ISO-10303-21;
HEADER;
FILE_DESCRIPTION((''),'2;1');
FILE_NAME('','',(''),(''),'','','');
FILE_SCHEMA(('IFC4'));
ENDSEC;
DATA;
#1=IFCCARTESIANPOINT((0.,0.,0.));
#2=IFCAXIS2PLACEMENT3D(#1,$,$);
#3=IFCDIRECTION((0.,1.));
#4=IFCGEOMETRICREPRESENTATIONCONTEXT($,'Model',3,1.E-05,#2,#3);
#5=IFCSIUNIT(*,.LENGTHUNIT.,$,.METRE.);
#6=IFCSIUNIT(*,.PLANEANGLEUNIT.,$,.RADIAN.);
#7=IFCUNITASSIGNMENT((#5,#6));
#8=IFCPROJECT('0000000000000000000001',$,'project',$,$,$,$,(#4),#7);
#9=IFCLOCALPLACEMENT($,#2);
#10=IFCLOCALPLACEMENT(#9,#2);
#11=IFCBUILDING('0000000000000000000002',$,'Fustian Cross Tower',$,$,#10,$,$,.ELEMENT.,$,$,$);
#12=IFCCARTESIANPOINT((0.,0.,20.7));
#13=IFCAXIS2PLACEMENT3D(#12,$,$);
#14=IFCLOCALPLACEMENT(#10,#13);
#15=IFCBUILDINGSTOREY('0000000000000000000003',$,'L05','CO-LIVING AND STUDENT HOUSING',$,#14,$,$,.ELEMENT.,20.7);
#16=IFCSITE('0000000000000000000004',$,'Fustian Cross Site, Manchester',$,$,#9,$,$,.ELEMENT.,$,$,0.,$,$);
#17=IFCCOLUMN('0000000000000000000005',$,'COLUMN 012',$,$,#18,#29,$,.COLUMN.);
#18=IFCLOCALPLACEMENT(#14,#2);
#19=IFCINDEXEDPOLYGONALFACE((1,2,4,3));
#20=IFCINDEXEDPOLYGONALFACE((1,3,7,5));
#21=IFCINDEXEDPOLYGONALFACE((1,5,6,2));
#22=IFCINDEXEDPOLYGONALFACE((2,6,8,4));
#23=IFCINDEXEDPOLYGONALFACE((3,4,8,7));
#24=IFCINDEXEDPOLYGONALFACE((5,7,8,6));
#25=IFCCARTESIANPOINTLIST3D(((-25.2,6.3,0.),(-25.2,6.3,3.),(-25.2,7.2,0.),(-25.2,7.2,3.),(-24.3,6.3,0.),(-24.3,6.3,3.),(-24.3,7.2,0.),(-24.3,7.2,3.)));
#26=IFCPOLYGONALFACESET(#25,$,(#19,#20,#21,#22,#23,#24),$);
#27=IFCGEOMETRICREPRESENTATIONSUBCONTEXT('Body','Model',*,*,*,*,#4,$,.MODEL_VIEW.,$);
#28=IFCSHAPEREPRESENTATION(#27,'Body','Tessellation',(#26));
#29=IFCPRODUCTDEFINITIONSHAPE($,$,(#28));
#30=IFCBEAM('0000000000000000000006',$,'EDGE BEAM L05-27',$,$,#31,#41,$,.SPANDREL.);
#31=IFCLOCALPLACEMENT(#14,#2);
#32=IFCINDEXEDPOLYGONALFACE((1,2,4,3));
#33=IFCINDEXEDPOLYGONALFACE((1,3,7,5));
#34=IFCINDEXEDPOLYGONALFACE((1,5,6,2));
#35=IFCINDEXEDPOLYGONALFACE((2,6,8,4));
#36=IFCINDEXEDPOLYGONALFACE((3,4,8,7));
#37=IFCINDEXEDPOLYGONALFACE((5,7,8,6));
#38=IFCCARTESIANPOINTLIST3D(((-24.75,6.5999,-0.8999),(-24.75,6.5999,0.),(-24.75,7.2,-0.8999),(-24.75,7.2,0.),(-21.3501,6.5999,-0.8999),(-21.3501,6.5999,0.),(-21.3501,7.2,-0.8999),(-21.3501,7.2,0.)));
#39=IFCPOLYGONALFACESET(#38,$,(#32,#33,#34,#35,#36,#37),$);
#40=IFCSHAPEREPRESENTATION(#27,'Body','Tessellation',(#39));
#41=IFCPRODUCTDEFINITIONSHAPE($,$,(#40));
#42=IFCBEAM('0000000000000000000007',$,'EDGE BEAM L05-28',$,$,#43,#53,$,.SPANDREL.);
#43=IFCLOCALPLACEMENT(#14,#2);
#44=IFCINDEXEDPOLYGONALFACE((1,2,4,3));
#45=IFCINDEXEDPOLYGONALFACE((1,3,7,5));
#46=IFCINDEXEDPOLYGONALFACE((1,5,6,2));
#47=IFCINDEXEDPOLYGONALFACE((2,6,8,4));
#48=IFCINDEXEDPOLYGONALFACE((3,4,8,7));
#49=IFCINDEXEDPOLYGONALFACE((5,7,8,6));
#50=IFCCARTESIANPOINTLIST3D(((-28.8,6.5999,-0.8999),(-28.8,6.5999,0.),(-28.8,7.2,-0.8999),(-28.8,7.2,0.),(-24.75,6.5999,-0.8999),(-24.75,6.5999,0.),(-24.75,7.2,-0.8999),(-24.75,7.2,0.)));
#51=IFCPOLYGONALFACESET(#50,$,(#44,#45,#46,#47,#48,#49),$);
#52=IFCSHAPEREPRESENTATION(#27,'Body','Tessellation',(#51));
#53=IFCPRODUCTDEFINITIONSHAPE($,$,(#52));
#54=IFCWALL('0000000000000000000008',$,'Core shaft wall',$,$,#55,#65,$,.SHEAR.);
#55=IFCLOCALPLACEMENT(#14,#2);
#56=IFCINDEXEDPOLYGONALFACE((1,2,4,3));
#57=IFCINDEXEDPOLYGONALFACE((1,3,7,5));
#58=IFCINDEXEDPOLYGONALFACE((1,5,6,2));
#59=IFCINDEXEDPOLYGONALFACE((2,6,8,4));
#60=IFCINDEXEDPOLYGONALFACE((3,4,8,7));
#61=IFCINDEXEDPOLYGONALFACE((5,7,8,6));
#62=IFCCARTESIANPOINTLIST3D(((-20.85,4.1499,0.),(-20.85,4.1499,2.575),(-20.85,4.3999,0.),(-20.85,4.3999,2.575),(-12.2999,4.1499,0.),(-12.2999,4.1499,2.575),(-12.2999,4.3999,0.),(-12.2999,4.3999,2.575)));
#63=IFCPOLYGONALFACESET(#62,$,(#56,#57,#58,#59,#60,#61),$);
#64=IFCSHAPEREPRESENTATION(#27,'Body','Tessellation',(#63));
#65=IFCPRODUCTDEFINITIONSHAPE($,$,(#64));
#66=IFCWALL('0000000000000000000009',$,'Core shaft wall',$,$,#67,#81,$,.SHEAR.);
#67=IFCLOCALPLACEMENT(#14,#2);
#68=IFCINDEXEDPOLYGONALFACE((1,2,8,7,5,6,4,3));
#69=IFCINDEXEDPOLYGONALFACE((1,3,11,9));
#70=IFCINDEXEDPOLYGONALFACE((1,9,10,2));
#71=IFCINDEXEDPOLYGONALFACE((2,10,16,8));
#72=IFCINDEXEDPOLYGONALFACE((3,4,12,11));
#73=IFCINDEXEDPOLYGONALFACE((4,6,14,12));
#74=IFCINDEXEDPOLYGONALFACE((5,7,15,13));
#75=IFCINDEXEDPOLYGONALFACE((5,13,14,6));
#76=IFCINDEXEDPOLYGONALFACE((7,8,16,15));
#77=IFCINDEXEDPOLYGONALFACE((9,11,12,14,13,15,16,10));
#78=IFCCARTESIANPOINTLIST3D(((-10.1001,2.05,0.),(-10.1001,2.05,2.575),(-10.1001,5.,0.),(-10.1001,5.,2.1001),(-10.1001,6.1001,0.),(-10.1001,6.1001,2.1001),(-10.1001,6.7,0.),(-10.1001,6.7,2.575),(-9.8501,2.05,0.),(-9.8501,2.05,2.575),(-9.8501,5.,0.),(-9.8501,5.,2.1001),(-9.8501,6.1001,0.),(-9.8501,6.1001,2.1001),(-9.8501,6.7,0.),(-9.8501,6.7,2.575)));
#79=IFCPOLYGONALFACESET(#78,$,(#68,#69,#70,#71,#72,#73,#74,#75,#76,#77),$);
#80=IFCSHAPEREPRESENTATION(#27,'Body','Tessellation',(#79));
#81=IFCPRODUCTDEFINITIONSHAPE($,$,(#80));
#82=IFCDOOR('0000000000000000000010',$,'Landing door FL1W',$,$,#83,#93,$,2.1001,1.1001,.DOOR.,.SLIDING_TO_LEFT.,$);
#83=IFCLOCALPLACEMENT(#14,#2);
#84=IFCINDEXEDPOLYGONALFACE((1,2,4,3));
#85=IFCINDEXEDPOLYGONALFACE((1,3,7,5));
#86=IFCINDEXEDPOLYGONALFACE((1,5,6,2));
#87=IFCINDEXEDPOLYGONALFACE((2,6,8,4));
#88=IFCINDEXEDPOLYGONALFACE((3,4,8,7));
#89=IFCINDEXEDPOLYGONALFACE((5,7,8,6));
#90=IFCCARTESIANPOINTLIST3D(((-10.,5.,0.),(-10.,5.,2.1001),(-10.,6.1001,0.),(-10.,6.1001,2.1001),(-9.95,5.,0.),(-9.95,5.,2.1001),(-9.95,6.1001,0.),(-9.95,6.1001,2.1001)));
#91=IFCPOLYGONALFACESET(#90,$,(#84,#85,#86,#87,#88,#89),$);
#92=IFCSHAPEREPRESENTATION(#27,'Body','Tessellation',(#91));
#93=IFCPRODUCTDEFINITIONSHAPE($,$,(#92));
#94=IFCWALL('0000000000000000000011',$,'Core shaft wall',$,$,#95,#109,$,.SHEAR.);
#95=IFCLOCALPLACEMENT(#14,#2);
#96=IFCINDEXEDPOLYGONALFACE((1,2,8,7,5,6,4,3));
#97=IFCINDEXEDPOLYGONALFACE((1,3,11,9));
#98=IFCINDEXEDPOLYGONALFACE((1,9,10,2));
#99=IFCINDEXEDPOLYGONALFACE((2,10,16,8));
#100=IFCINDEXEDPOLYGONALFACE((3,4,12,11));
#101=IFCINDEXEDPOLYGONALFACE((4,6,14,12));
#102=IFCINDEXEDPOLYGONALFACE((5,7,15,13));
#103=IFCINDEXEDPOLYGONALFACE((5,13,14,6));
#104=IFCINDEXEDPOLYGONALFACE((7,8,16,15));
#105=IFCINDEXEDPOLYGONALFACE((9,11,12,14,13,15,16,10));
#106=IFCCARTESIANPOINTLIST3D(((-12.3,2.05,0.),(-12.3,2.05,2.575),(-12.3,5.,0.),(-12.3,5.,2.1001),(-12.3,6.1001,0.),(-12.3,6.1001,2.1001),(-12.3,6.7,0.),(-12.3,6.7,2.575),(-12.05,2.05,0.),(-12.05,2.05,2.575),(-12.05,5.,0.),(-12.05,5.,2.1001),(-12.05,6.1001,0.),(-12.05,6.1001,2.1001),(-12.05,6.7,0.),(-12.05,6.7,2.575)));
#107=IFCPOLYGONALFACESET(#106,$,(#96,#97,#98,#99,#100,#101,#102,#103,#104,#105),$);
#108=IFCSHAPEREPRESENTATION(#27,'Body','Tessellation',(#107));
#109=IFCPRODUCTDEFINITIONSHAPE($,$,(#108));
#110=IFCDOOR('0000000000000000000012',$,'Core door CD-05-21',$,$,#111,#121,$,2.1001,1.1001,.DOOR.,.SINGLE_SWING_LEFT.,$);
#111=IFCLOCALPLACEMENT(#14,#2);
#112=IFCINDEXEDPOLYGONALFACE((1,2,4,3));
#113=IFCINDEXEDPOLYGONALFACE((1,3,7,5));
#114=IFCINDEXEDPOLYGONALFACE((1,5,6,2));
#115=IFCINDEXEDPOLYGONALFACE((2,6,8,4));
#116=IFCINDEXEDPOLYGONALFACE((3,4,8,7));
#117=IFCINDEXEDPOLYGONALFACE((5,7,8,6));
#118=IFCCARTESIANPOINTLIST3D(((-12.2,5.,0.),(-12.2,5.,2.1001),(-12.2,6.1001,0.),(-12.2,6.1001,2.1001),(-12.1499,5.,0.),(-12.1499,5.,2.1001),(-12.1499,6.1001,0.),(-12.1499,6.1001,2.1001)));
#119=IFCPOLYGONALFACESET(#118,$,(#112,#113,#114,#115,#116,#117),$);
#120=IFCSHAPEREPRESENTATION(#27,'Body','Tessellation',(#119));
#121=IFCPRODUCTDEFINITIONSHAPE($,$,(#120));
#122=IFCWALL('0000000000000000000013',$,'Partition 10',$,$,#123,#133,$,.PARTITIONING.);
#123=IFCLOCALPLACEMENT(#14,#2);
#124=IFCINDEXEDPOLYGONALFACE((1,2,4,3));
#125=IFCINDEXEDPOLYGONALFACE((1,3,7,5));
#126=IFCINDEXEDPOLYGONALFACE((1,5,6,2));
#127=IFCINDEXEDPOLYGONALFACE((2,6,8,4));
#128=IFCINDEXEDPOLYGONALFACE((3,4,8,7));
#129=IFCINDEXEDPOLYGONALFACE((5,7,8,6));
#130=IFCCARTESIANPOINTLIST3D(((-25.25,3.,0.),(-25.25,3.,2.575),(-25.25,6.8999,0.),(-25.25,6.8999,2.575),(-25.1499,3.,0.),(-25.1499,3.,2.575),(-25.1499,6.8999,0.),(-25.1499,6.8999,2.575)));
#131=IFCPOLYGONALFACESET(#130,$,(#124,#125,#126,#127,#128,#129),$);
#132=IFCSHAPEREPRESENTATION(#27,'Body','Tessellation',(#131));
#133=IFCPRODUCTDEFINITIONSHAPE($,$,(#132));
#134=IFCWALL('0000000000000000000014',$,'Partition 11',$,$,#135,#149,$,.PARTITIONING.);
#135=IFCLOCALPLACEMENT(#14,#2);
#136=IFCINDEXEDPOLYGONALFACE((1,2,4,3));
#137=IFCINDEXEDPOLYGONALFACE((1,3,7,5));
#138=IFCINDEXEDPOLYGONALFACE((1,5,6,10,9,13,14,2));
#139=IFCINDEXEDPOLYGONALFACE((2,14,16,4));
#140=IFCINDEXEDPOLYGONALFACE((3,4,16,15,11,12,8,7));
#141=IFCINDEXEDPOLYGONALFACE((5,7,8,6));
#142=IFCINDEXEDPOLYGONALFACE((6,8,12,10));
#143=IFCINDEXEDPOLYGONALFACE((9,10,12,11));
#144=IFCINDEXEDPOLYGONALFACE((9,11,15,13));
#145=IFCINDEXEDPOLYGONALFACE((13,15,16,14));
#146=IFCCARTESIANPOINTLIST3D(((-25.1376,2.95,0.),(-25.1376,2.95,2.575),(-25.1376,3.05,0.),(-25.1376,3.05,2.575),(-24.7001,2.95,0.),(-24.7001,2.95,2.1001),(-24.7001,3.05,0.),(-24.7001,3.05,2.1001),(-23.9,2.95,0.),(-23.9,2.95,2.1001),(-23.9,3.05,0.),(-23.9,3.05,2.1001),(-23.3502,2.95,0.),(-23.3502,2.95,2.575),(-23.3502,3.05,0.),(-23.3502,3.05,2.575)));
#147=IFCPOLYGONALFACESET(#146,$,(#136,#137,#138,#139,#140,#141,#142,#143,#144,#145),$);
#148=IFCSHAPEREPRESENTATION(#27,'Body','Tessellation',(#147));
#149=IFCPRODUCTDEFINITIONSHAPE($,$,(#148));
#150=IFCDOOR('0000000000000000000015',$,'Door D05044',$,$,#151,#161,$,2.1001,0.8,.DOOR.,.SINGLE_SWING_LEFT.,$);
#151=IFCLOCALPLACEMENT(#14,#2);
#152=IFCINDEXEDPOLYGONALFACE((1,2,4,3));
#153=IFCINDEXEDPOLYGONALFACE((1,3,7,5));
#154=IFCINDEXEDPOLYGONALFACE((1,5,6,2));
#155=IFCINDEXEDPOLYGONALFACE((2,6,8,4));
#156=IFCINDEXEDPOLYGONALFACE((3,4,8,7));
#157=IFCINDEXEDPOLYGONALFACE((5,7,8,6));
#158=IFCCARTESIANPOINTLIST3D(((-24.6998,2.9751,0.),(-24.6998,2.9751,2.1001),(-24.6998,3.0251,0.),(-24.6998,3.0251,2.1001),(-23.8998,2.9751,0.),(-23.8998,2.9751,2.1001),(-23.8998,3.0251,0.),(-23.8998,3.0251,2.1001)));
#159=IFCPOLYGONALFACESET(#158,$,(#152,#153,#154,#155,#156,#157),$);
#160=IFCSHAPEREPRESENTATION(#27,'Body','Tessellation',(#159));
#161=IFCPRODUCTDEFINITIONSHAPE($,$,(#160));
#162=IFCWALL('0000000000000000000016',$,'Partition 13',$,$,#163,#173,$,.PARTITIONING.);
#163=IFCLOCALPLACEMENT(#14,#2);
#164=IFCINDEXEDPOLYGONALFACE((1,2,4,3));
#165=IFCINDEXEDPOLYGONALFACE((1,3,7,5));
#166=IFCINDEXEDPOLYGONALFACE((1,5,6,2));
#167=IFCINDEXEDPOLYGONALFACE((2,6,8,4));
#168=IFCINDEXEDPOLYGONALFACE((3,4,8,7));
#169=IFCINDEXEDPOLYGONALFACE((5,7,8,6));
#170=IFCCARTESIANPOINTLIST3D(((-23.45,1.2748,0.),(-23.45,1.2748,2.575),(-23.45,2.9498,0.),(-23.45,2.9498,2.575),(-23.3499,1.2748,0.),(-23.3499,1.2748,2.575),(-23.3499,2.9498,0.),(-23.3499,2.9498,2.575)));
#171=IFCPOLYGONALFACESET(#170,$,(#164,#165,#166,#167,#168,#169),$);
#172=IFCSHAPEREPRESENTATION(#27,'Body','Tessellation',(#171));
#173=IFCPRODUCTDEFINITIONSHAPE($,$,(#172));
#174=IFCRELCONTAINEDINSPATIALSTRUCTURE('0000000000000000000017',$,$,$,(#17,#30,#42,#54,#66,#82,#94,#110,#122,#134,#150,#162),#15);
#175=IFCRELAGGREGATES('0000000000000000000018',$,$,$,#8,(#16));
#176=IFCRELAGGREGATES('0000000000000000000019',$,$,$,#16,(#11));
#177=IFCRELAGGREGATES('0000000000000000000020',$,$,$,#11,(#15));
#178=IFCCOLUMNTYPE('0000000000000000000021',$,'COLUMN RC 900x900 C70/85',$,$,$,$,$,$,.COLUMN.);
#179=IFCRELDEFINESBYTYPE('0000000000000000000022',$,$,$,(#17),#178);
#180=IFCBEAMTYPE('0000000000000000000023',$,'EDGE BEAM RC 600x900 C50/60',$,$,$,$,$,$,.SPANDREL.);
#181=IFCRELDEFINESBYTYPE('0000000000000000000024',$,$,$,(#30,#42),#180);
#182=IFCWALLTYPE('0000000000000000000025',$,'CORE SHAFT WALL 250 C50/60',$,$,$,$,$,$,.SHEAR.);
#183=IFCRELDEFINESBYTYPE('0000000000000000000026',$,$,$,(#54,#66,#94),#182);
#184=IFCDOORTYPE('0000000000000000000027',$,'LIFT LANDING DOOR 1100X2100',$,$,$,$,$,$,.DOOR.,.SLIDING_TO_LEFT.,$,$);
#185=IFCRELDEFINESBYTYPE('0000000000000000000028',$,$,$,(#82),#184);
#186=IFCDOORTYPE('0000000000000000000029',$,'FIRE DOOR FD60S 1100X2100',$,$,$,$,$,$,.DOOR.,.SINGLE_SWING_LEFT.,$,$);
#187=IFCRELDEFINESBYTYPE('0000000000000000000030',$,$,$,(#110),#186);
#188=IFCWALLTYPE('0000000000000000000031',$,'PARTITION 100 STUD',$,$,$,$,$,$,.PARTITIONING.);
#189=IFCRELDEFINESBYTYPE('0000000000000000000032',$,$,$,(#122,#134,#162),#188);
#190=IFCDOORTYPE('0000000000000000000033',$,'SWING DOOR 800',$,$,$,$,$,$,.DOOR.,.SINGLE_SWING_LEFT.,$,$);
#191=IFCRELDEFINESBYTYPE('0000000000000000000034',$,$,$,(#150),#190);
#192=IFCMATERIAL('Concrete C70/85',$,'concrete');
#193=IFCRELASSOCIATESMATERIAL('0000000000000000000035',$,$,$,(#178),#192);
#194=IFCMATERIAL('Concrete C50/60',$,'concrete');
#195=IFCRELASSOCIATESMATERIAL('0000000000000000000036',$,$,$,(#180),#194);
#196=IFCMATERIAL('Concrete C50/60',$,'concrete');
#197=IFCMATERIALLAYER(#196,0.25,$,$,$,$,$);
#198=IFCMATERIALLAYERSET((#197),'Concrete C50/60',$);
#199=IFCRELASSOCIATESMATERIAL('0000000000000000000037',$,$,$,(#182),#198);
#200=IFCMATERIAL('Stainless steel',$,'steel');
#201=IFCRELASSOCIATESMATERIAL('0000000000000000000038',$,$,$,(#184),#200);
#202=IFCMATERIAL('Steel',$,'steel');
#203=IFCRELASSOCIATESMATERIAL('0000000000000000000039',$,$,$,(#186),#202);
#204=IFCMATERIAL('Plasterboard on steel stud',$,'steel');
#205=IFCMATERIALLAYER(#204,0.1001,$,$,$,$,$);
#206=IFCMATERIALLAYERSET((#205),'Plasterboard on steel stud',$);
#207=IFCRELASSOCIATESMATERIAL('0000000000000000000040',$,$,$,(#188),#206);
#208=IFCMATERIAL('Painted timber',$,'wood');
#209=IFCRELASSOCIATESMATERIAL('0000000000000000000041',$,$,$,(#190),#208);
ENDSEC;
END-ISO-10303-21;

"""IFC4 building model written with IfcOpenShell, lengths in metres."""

from ifc_helpers import new_model, si_unit, direction, frame, frame_2d, origin, origin_2d, place, context, subcontext, project, spatial, rectangle, extrude, material, layer, layer_set, material_profile, profile_set, type_object, element, fill, save


model = new_model("IFC4")

# Units and contexts
model_context = context("Model", 3, precision=1e-05, world=origin(), true_north=direction((0.0, 1.0)))
body_context = subcontext(model_context, "Body", "Model", "MODEL_VIEW")
ifc_project = project(units=[si_unit("LENGTHUNIT", "METRE"), si_unit("PLANEANGLEUNIT", "RADIAN")], contexts=[model_context])

# Site, building, storey
site_placement = place(None, origin())
site = spatial("IfcSite", under=ifc_project, at=site_placement, Name="Fustian Cross Site, Manchester", CompositionType="ELEMENT", RefElevation=0.0)
building_placement = place(site_placement, origin())
building = spatial("IfcBuilding", under=site, at=building_placement, Name="Fustian Cross Tower", CompositionType="ELEMENT")
storey_placement = place(building_placement, frame((0.0, 0.0, 20.7)))
storey = spatial("IfcBuildingStorey", under=building, at=storey_placement, Name="L05", Description="CO-LIVING AND STUDENT HOUSING", CompositionType="ELEMENT", Elevation=20.7)

# Column
ifc_material_1 = material(Name="Concrete C70/85", Category="concrete")
ifc_material_profile_1 = material_profile(ifc_material_1, rectangle(XDim=0.8999, YDim=0.8999, at=origin_2d()), Name="RC 900x900")
ifc_profile_set_1 = profile_set([ifc_material_profile_1], Name="Concrete C70/85")
column_type = type_object("IfcColumnType", Name="COLUMN RC 900x900 C70/85", PredefinedType="COLUMN", material=ifc_profile_set_1)
column_placement = place(storey_placement, frame((-24.75, 6.75, 0.0), z_axis=(0.0, 0.0, 1.0), x_axis=(1.0, 0.0, 0.0)))
element("IfcColumn", 1, at=column_placement, inside=storey, type_object=column_type, Name="COLUMN 012", PredefinedType="COLUMN", context=body_context, shape_type="SweptSolid", body=[
    extrude(rectangle(XDim=0.8999, YDim=0.8999, at=origin_2d()), origin(), (0.0, 0.0, 1.0), 3.0),
])

# Beams
ifc_material_2 = material(Name="Concrete C50/60", Category="concrete")
ifc_material_profile_2 = material_profile(ifc_material_2, rectangle(XDim=0.6001, YDim=0.8999, at=origin_2d()), Name="RC 600x900")
ifc_profile_set_2 = profile_set([ifc_material_profile_2], Name="Concrete C50/60")
beam_type = type_object("IfcBeamType", Name="EDGE BEAM RC 600x900 C50/60", PredefinedType="SPANDREL", material=ifc_profile_set_2)
beam_1_placement = place(storey_placement, frame((-21.3501, 6.8999, -0.45), z_axis=(-1.0, 0.0, 0.0), x_axis=(0.0, -1.0, 0.0)))
element("IfcBeam", 2, at=beam_1_placement, inside=storey, type_object=beam_type, Name="EDGE BEAM L05-27", PredefinedType="SPANDREL", context=body_context, shape_type="SweptSolid", body=[
    extrude(rectangle(XDim=0.6001, YDim=0.8999, at=origin_2d()), origin(), (0.0, 0.0, 1.0), 3.3999),
])
beam_2_placement = place(storey_placement, frame((-24.75, 6.8999, -0.45), z_axis=(-1.0, 0.0, 0.0), x_axis=(0.0, -1.0, 0.0)))
element("IfcBeam", 3, at=beam_2_placement, inside=storey, type_object=beam_type, Name="EDGE BEAM L05-28", PredefinedType="SPANDREL", context=body_context, shape_type="SweptSolid", body=[
    extrude(rectangle(XDim=0.6001, YDim=0.8999, at=origin_2d()), origin(), (0.0, 0.0, 1.0), 4.05),
])

# Wall
ifc_material_3 = material(Name="Concrete C50/60", Category="concrete")
ifc_layer_1 = layer(ifc_material_3, 0.25)
ifc_layer_set_1 = layer_set([ifc_layer_1], Name="Concrete C50/60")
wall_type_1 = type_object("IfcWallType", Name="CORE SHAFT WALL 250 C50/60", PredefinedType="SHEAR", material=ifc_layer_set_1)
wall_1_placement = place(storey_placement, frame((-12.3, 4.2749, 0.0), z_axis=(0.0, 0.0, 1.0), x_axis=(-1.0, 0.0, 0.0)))
element("IfcWall", 4, at=wall_1_placement, inside=storey, type_object=wall_type_1, Name="Core shaft wall", PredefinedType="SHEAR", context=body_context, shape_type="SweptSolid", body=[
    extrude(rectangle(XDim=8.55, YDim=0.25, at=frame_2d((4.2749, 0.0))), origin(), (0.0, 0.0, 1.0), 2.575),
])

# Walls, openings, doors
wall_2_placement = place(storey_placement, frame((-9.9751, 2.05, 0.0), z_axis=(0.0, 0.0, 1.0), x_axis=(0.0, 1.0, 0.0)))
wall_2 = element("IfcWall", 5, at=wall_2_placement, inside=storey, type_object=wall_type_1, Name="Core shaft wall", PredefinedType="SHEAR", context=body_context, shape_type="SweptSolid", body=[
    extrude(rectangle(XDim=4.6499, YDim=0.25, at=frame_2d((2.325, 0.0))), origin(), (0.0, 0.0, 1.0), 2.575),
])
opening_1_placement = place(wall_2_placement, frame((2.95, 0.0, 0.0)))
opening_1 = element("IfcOpeningElement", 6, at=opening_1_placement, cuts=wall_2, PredefinedType="OPENING", context=body_context, shape_type="SweptSolid", body=[
    extrude(rectangle(XDim=1.1001, YDim=2.1001, at=frame_2d((0.55, 1.05))), frame((0.0, 0.135, 0.0), z_axis=(0.0, -1.0, 0.0), x_axis=(1.0, 0.0, 0.0)), (0.0, 0.0, 1.0), 0.27),
])
ifc_material_4 = material(Name="Stainless steel", Category="steel")
door_type_1 = type_object("IfcDoorType", Name="LIFT LANDING DOOR 1100X2100", OperationType="SLIDING_TO_LEFT", PredefinedType="DOOR", material=ifc_material_4)
door_1_placement = place(opening_1_placement, origin())
door_1 = element("IfcDoor", 7, at=door_1_placement, inside=storey, type_object=door_type_1, Name="Landing door FL1W", OperationType="SLIDING_TO_LEFT", OverallHeight=2.1001, OverallWidth=1.1001, PredefinedType="DOOR", context=body_context, shape_type="SweptSolid", body=[
    extrude(rectangle(XDim=1.1001, YDim=2.1001, at=frame_2d((0.55, 1.05))), frame((0.0, 0.0249, 0.0), z_axis=(0.0, -1.0, 0.0), x_axis=(1.0, 0.0, 0.0)), (0.0, 0.0, 1.0), 0.05),
])
fill(opening_1, door_1)
wall_3_placement = place(storey_placement, frame((-12.175, 2.05, 0.0), z_axis=(0.0, 0.0, 1.0), x_axis=(0.0, 1.0, 0.0)))
wall_3 = element("IfcWall", 8, at=wall_3_placement, inside=storey, type_object=wall_type_1, Name="Core shaft wall", PredefinedType="SHEAR", context=body_context, shape_type="SweptSolid", body=[
    extrude(rectangle(XDim=4.6499, YDim=0.25, at=frame_2d((2.325, 0.0))), origin(), (0.0, 0.0, 1.0), 2.575),
])
opening_2_placement = place(wall_3_placement, frame((2.95, 0.0, 0.0)))
opening_2 = element("IfcOpeningElement", 9, at=opening_2_placement, cuts=wall_3, PredefinedType="OPENING", context=body_context, shape_type="SweptSolid", body=[
    extrude(rectangle(XDim=1.1001, YDim=2.1001, at=frame_2d((0.55, 1.05))), frame((0.0, 0.135, 0.0), z_axis=(0.0, -1.0, 0.0), x_axis=(1.0, 0.0, 0.0)), (0.0, 0.0, 1.0), 0.27),
])
ifc_material_5 = material(Name="Steel", Category="steel")
door_type_2 = type_object("IfcDoorType", Name="FIRE DOOR FD60S 1100X2100", OperationType="SINGLE_SWING_LEFT", PredefinedType="DOOR", material=ifc_material_5)
door_2_placement = place(opening_2_placement, origin())
door_2 = element("IfcDoor", 10, at=door_2_placement, inside=storey, type_object=door_type_2, Name="Core door CD-05-21", OperationType="SINGLE_SWING_LEFT", OverallHeight=2.1001, OverallWidth=1.1001, PredefinedType="DOOR", context=body_context, shape_type="SweptSolid", body=[
    extrude(rectangle(XDim=1.1001, YDim=2.1001, at=frame_2d((0.55, 1.05))), frame((0.0, 0.0249, 0.0), z_axis=(0.0, -1.0, 0.0), x_axis=(1.0, 0.0, 0.0)), (0.0, 0.0, 1.0), 0.05),
])
fill(opening_2, door_2)

# Wall
ifc_material_6 = material(Name="Plasterboard on steel stud", Category="steel")
ifc_layer_2 = layer(ifc_material_6, 0.1001)
ifc_layer_set_2 = layer_set([ifc_layer_2], Name="Plasterboard on steel stud")
wall_type_2 = type_object("IfcWallType", Name="PARTITION 100 STUD", PredefinedType="PARTITIONING", material=ifc_layer_set_2)
wall_4_placement = place(storey_placement, frame((-25.2, 3.0, 0.0), z_axis=(0.0, 0.0, 1.0), x_axis=(0.0, 1.0, 0.0)))
element("IfcWall", 11, at=wall_4_placement, inside=storey, type_object=wall_type_2, Name="Partition 10", PredefinedType="PARTITIONING", context=body_context, shape_type="SweptSolid", body=[
    extrude(rectangle(XDim=3.8999, YDim=0.1001, at=frame_2d((1.95, 0.0))), origin(), (0.0, 0.0, 1.0), 2.575),
])

# Wall, opening, door
wall_5_placement = place(storey_placement, frame((-25.1375, 3.0, 0.0), z_axis=(0.0, 0.0, 1.0), x_axis=(1.0, 0.0, 0.0)))
wall_5 = element("IfcWall", 12, at=wall_5_placement, inside=storey, type_object=wall_type_2, Name="Partition 11", PredefinedType="PARTITIONING", context=body_context, shape_type="SweptSolid", body=[
    extrude(rectangle(XDim=1.7874, YDim=0.1001, at=frame_2d((0.8936, 0.0))), origin(), (0.0, 0.0, 1.0), 2.575),
])
opening_3_placement = place(wall_5_placement, frame((0.4375, 0.0, 0.0)))
opening_3 = element("IfcOpeningElement", 13, at=opening_3_placement, cuts=wall_5, PredefinedType="OPENING", context=body_context, shape_type="SweptSolid", body=[
    extrude(rectangle(XDim=0.8, YDim=2.1001, at=frame_2d((0.3999, 1.05))), frame((0.0, 0.0601, 0.0), z_axis=(0.0, -1.0, 0.0), x_axis=(1.0, 0.0, 0.0)), (0.0, 0.0, 1.0), 0.1201),
])
ifc_material_7 = material(Name="Painted timber", Category="wood")
door_type_3 = type_object("IfcDoorType", Name="SWING DOOR 800", OperationType="SINGLE_SWING_LEFT", PredefinedType="DOOR", material=ifc_material_7)
door_3_placement = place(opening_3_placement, frame((0.8, 0.0, 0.0), z_axis=(0.0, 0.0, 1.0), x_axis=(-1.0, 0.0, 0.0)))
door_3 = element("IfcDoor", 14, at=door_3_placement, inside=storey, type_object=door_type_3, Name="Door D05044", OperationType="SINGLE_SWING_LEFT", OverallHeight=2.1001, OverallWidth=0.8, PredefinedType="DOOR", context=body_context, shape_type="SweptSolid", body=[
    extrude(rectangle(XDim=0.8, YDim=2.1001, at=frame_2d((0.3999, 1.05))), frame((0.0, 0.0249, 0.0), z_axis=(0.0, -1.0, 0.0), x_axis=(1.0, 0.0, 0.0)), (0.0, 0.0, 1.0), 0.05),
])
fill(opening_3, door_3)

# Wall
wall_6_placement = place(storey_placement, frame((-23.3999, 1.2749, 0.0), z_axis=(0.0, 0.0, 1.0), x_axis=(0.0, 1.0, 0.0)))
element("IfcWall", 15, at=wall_6_placement, inside=storey, type_object=wall_type_2, Name="Partition 13", PredefinedType="PARTITIONING", context=body_context, shape_type="SweptSolid", body=[
    extrude(rectangle(XDim=1.675, YDim=0.1001, at=frame_2d((0.8374, 0.0))), origin(), (0.0, 0.0, 1.0), 2.575),
])

save(model, "model.ifc")
